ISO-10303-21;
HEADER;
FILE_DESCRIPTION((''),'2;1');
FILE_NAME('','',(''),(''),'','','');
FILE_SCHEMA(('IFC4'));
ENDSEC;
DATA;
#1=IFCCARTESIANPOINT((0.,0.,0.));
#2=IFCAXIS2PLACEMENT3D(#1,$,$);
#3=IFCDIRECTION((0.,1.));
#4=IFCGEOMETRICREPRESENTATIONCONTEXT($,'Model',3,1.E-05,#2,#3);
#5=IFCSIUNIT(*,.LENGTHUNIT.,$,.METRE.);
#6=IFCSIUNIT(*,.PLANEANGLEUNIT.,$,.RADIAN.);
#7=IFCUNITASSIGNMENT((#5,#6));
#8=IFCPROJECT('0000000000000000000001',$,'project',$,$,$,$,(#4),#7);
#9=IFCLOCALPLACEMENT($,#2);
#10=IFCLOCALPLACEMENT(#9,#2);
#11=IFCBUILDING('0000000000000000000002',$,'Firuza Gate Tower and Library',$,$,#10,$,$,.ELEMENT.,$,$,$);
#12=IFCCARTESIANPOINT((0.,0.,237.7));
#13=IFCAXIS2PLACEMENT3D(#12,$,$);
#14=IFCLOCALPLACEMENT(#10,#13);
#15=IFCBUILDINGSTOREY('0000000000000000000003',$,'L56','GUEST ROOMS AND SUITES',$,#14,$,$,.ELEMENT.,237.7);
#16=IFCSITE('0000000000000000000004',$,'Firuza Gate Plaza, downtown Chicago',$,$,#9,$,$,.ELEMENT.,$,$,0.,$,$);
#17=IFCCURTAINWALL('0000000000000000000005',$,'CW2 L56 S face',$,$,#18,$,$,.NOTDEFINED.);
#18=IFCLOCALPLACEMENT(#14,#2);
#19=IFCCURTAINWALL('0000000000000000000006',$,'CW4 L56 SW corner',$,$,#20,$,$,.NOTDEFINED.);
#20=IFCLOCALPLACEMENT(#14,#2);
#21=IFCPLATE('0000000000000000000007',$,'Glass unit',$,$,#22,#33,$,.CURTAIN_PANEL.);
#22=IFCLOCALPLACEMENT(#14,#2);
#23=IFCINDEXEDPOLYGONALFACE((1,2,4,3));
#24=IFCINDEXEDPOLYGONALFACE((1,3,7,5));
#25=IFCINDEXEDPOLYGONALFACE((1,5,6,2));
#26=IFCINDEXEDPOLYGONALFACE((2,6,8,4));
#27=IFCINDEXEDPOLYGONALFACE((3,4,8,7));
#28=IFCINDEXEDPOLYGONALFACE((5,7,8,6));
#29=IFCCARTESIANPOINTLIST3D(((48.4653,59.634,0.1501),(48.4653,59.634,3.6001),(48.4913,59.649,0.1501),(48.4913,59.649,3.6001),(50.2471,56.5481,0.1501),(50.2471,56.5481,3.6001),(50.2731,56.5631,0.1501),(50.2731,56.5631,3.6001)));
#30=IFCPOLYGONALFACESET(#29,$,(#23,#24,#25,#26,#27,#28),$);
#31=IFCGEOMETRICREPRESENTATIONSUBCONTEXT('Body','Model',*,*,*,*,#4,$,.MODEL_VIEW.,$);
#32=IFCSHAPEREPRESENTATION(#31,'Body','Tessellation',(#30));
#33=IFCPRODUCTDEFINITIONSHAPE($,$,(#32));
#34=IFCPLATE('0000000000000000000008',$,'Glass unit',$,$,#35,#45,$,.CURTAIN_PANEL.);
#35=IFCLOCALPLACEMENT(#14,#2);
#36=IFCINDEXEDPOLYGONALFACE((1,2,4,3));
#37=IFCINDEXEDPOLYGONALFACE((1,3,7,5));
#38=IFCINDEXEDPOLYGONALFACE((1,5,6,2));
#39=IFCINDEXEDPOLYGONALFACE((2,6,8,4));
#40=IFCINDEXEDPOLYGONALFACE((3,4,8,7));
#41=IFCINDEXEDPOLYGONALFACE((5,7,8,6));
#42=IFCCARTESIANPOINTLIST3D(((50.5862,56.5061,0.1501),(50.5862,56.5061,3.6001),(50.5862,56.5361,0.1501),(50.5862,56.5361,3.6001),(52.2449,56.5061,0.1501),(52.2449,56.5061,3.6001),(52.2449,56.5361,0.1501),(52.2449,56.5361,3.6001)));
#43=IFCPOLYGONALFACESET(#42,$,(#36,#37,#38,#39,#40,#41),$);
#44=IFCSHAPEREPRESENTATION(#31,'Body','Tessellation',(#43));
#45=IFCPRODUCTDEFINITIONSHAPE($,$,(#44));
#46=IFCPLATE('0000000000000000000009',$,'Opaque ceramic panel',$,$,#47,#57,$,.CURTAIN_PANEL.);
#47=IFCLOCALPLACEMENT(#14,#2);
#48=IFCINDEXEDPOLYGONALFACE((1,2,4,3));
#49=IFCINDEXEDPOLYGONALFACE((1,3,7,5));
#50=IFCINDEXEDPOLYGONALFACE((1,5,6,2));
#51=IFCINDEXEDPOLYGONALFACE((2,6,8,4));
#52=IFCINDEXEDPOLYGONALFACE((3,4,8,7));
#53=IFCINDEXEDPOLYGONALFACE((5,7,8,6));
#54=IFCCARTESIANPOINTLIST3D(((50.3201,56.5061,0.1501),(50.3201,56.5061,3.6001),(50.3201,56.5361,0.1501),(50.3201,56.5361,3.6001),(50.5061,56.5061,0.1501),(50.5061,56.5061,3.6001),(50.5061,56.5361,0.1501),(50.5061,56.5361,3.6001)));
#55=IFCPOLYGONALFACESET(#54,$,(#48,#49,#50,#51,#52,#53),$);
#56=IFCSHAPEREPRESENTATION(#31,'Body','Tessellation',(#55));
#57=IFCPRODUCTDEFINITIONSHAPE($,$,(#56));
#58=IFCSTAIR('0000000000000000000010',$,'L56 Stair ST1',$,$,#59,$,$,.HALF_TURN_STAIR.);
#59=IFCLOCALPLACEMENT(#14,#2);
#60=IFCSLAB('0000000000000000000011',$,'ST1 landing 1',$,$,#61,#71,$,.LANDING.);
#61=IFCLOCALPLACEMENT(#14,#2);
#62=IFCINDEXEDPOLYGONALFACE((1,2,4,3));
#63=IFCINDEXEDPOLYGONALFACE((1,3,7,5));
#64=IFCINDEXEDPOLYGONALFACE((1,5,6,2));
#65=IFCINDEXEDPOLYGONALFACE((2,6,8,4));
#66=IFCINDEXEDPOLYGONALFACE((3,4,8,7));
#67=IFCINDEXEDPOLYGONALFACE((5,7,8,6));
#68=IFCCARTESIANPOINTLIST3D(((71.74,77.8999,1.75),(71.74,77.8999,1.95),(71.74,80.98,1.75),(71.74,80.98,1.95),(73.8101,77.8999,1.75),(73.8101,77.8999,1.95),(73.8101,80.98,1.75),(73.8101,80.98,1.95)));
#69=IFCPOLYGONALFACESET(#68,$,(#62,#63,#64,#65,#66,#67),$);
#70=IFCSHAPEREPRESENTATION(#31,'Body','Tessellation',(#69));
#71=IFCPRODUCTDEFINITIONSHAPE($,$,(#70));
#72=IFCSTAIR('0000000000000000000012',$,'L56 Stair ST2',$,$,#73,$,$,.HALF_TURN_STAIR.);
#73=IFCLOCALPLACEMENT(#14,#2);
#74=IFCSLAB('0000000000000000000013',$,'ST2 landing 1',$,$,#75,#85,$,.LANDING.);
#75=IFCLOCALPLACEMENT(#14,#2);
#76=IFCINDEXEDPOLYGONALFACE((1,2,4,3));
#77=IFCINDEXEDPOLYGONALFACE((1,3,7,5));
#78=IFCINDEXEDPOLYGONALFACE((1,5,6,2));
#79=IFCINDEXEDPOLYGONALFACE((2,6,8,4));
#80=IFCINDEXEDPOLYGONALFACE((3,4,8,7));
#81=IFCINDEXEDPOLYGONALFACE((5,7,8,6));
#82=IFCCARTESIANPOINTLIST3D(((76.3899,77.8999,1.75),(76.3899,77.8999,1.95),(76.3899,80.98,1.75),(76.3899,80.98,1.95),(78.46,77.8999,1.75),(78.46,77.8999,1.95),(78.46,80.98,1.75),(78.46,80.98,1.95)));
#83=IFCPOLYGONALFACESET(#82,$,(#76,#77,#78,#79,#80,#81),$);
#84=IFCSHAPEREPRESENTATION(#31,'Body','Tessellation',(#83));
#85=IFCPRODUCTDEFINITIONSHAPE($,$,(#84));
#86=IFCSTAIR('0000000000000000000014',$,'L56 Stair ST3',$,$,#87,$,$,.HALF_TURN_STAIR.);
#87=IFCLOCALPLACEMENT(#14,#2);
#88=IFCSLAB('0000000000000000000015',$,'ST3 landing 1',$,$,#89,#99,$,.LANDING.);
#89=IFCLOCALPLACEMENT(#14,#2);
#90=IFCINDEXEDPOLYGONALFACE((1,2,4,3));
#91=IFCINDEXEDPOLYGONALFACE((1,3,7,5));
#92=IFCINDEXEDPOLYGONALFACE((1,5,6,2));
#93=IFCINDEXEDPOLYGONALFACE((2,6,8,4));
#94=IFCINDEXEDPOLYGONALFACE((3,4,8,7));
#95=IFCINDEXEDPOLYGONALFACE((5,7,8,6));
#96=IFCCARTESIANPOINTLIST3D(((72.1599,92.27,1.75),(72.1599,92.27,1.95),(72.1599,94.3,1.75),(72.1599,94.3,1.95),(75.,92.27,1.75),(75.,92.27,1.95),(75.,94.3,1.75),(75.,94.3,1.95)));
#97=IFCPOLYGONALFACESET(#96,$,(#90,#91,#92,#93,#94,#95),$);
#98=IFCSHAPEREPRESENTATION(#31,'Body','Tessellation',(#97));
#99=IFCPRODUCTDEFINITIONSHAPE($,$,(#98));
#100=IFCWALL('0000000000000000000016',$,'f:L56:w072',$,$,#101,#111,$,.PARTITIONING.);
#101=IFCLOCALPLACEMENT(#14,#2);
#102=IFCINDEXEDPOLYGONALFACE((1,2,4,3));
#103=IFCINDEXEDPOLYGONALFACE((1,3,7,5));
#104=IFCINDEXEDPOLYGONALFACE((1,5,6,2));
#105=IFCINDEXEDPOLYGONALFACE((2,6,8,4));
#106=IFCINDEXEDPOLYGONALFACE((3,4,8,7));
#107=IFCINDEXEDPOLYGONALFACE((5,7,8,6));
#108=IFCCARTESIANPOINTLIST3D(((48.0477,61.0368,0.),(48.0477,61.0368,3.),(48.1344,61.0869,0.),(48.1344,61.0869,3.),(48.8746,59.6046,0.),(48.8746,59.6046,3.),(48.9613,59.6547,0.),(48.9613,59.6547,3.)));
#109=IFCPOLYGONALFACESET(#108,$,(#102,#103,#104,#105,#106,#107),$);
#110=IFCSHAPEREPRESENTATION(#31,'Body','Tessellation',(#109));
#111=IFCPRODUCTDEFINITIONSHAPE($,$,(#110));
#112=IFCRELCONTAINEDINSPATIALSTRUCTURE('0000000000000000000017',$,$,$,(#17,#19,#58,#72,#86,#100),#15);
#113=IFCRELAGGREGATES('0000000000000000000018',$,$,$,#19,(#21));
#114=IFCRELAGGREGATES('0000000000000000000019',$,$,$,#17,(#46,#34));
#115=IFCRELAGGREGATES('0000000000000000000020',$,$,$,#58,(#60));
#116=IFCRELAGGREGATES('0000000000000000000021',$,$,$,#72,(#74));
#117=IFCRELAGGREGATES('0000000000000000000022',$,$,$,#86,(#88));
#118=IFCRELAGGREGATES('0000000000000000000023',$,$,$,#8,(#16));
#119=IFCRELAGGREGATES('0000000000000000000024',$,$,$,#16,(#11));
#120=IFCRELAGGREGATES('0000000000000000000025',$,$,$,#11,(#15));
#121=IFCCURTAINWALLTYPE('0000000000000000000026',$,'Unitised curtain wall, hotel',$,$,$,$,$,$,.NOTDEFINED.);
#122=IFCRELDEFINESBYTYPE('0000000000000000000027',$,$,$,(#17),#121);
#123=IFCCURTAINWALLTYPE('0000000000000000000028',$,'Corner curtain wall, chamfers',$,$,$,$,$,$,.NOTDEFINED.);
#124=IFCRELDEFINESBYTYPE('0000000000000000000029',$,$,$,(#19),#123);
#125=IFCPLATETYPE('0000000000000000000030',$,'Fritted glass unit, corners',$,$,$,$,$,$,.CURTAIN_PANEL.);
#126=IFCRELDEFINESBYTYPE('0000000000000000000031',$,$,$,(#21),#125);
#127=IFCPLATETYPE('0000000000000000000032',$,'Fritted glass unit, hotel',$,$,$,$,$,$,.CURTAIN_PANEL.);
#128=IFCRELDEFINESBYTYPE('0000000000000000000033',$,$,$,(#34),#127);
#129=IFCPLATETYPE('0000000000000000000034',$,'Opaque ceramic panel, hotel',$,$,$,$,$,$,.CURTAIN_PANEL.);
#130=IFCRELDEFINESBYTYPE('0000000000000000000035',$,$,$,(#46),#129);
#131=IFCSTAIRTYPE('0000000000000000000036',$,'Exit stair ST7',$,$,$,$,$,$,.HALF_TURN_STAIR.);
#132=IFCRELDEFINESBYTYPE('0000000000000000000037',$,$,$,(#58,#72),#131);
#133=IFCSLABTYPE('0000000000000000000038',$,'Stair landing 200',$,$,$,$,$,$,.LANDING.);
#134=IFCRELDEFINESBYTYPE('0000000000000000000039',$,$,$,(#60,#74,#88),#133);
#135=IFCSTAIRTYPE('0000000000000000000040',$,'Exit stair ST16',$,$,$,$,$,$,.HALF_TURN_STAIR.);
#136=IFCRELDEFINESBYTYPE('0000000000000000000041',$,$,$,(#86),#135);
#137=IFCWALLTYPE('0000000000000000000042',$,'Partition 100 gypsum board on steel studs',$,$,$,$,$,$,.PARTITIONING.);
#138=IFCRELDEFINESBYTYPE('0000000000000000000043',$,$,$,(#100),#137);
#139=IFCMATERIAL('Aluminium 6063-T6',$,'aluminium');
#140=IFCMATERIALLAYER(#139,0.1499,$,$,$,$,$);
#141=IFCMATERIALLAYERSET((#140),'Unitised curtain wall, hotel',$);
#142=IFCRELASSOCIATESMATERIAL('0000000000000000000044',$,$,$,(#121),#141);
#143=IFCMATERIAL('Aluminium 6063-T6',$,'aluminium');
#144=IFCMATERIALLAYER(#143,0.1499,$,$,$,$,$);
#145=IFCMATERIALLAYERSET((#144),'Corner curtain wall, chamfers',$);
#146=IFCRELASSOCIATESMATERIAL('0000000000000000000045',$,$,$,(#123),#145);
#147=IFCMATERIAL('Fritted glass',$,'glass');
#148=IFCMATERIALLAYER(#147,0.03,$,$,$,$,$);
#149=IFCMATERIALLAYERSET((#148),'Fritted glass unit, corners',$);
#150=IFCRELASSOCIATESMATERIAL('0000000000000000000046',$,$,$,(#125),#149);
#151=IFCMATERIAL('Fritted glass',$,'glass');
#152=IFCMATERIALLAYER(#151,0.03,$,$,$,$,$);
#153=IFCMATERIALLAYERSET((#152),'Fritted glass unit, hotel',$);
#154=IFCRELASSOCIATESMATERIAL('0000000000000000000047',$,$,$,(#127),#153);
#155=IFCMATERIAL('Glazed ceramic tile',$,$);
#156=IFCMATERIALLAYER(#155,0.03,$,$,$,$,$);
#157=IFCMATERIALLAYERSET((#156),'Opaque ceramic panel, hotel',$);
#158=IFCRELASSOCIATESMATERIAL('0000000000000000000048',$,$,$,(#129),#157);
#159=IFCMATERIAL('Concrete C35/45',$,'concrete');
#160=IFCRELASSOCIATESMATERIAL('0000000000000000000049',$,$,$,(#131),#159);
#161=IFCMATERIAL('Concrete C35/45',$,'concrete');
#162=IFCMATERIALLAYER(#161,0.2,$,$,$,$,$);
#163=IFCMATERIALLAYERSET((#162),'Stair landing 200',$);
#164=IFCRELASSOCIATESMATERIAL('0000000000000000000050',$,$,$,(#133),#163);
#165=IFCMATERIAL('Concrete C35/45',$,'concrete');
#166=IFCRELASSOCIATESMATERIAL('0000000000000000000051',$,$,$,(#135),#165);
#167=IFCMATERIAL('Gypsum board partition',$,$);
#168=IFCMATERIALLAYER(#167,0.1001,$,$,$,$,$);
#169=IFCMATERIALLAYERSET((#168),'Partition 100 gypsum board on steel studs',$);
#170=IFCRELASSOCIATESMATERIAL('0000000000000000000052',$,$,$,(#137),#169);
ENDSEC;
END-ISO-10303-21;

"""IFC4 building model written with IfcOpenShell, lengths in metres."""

from ifc_helpers import new_model, si_unit, direction, frame, frame_2d, origin, place, context, subcontext, project, spatial, polyline, rectangle, outline, extrude, material, layer, layer_set, type_object, element, aggregate, save


model = new_model("IFC4")

# Units and contexts
model_context = context("Model", 3, precision=1e-05, world=origin(), true_north=direction((0.0, 1.0)))
body_context = subcontext(model_context, "Body", "Model", "MODEL_VIEW")
ifc_project = project(units=[si_unit("LENGTHUNIT", "METRE"), si_unit("PLANEANGLEUNIT", "RADIAN")], contexts=[model_context])

# Site, building, storey
site_placement = place(None, origin())
site = spatial("IfcSite", under=ifc_project, at=site_placement, Name="Firuza Gate Plaza, downtown Chicago", CompositionType="ELEMENT", RefElevation=0.0)
building_placement = place(site_placement, origin())
building = spatial("IfcBuilding", under=site, at=building_placement, Name="Firuza Gate Tower and Library", CompositionType="ELEMENT")
storey_placement = place(building_placement, frame((0.0, 0.0, 237.7)))
storey = spatial("IfcBuildingStorey", under=building, at=storey_placement, Name="L56", Description="GUEST ROOMS AND SUITES", CompositionType="ELEMENT", Elevation=237.7)

# Curtain walls
ifc_material_1 = material(Name="Aluminium 6063-T6", Category="aluminium")
ifc_layer_1 = layer(ifc_material_1, 0.1499)
ifc_layer_set_1 = layer_set([ifc_layer_1], Name="Unitised curtain wall, hotel")
curtain_wall_type_1 = type_object("IfcCurtainWallType", Name="Unitised curtain wall, hotel", PredefinedType="NOTDEFINED", material=ifc_layer_set_1)
placement_1 = place(storey_placement, origin())
curtain_wall_1 = element("IfcCurtainWall", 1, at=placement_1, inside=storey, type_object=curtain_wall_type_1, Name="CW2 L56 S face", PredefinedType="NOTDEFINED")
ifc_material_2 = material(Name="Aluminium 6063-T6", Category="aluminium")
ifc_layer_2 = layer(ifc_material_2, 0.1499)
ifc_layer_set_2 = layer_set([ifc_layer_2], Name="Corner curtain wall, chamfers")
curtain_wall_type_2 = type_object("IfcCurtainWallType", Name="Corner curtain wall, chamfers", PredefinedType="NOTDEFINED", material=ifc_layer_set_2)
curtain_wall_2 = element("IfcCurtainWall", 2, at=placement_1, inside=storey, type_object=curtain_wall_type_2, Name="CW4 L56 SW corner", PredefinedType="NOTDEFINED")

# Plates
ifc_material_3 = material(Name="Fritted glass", Category="glass")
ifc_layer_3 = layer(ifc_material_3, 0.03)
ifc_layer_set_3 = layer_set([ifc_layer_3], Name="Fritted glass unit, corners")
plate_type_1 = type_object("IfcPlateType", Name="Fritted glass unit, corners", PredefinedType="CURTAIN_PANEL", material=ifc_layer_set_3)
plate_1_placement = place(storey_placement, frame((48.4653, 59.634, 0.1501), z_axis=(-0.866017, -0.500015, 0.0), x_axis=(0.500015, -0.866017, 0.0)))
plate_1 = element("IfcPlate", 3, at=plate_1_placement, type_object=plate_type_1, Name="Glass unit", PredefinedType="CURTAIN_PANEL", context=body_context, shape_type="SweptSolid", body=[
    extrude(outline(polyline([(0.0, 0.0), (3.5634, 0.0), (3.5634, 3.45), (0.0, 3.45), (0.0, 0.0)])), origin(), (0.0, 0.0, -1.0), 0.03),
])
aggregate(curtain_wall_2, [plate_1])
ifc_material_4 = material(Name="Fritted glass", Category="glass")
ifc_layer_4 = layer(ifc_material_4, 0.03)
ifc_layer_set_4 = layer_set([ifc_layer_4], Name="Fritted glass unit, hotel")
plate_type_2 = type_object("IfcPlateType", Name="Fritted glass unit, hotel", PredefinedType="CURTAIN_PANEL", material=ifc_layer_set_4)
plate_2_placement = place(storey_placement, frame((50.5862, 56.5061, 0.1501), z_axis=(0.0, -1.0, 0.0), x_axis=(1.0, 0.0, 0.0)))
plate_2 = element("IfcPlate", 4, at=plate_2_placement, type_object=plate_type_2, Name="Glass unit", PredefinedType="CURTAIN_PANEL", context=body_context, shape_type="SweptSolid", body=[
    extrude(outline(polyline([(0.0, 0.0), (1.6587, 0.0), (1.6587, 3.45), (0.0, 3.45), (0.0, 0.0)])), origin(), (0.0, 0.0, -1.0), 0.03),
])
ifc_material_5 = material(Name="Glazed ceramic tile")
ifc_layer_5 = layer(ifc_material_5, 0.03)
ifc_layer_set_5 = layer_set([ifc_layer_5], Name="Opaque ceramic panel, hotel")
plate_type_3 = type_object("IfcPlateType", Name="Opaque ceramic panel, hotel", PredefinedType="CURTAIN_PANEL", material=ifc_layer_set_5)
plate_3_placement = place(storey_placement, frame((50.3201, 56.5061, 0.1501), z_axis=(0.0, -1.0, 0.0), x_axis=(1.0, 0.0, 0.0)))
plate_3 = element("IfcPlate", 5, at=plate_3_placement, type_object=plate_type_3, Name="Opaque ceramic panel", PredefinedType="CURTAIN_PANEL", context=body_context, shape_type="SweptSolid", body=[
    extrude(outline(polyline([(0.0, 0.0), (0.186, 0.0), (0.186, 3.45), (0.0, 3.45), (0.0, 0.0)])), origin(), (0.0, 0.0, -1.0), 0.03),
])
aggregate(curtain_wall_1, [plate_3, plate_2])

# Stairs, slabs
ifc_material_6 = material(Name="Concrete C35/45", Category="concrete")
stair_type_1 = type_object("IfcStairType", Name="Exit stair ST7", PredefinedType="HALF_TURN_STAIR", material=ifc_material_6)
stair_1 = element("IfcStair", 6, at=placement_1, inside=storey, type_object=stair_type_1, Name="L56 Stair ST1", PredefinedType="HALF_TURN_STAIR")
ifc_material_7 = material(Name="Concrete C35/45", Category="concrete")
ifc_layer_6 = layer(ifc_material_7, 0.2)
ifc_layer_set_6 = layer_set([ifc_layer_6], Name="Stair landing 200")
slab_type_1 = type_object("IfcSlabType", Name="Stair landing 200", PredefinedType="LANDING", material=ifc_layer_set_6)
placement_2 = place(storey_placement, frame((0.0, 0.0, 1.75)))
slab_1 = element("IfcSlab", 7, at=placement_2, type_object=slab_type_1, Name="ST1 landing 1", PredefinedType="LANDING", context=body_context, shape_type="SweptSolid", body=[
    extrude(outline(polyline([(71.74, 77.8999), (73.8101, 77.8999), (73.8101, 80.98), (71.74, 80.98), (71.74, 77.8999)])), origin(), (0.0, 0.0, 1.0), 0.2),
])
aggregate(stair_1, [slab_1])
stair_2 = element("IfcStair", 8, at=placement_1, inside=storey, type_object=stair_type_1, Name="L56 Stair ST2", PredefinedType="HALF_TURN_STAIR")
slab_2 = element("IfcSlab", 9, at=placement_2, type_object=slab_type_1, Name="ST2 landing 1", PredefinedType="LANDING", context=body_context, shape_type="SweptSolid", body=[
    extrude(outline(polyline([(78.46, 80.98), (76.3899, 80.98), (76.3899, 77.8999), (78.46, 77.8999), (78.46, 80.98)])), origin(), (0.0, 0.0, 1.0), 0.2),
])
aggregate(stair_2, [slab_2])
ifc_material_8 = material(Name="Concrete C35/45", Category="concrete")
stair_type_2 = type_object("IfcStairType", Name="Exit stair ST16", PredefinedType="HALF_TURN_STAIR", material=ifc_material_8)
stair_3 = element("IfcStair", 10, at=placement_1, inside=storey, type_object=stair_type_2, Name="L56 Stair ST3", PredefinedType="HALF_TURN_STAIR")
slab_3 = element("IfcSlab", 11, at=placement_2, type_object=slab_type_1, Name="ST3 landing 1", PredefinedType="LANDING", context=body_context, shape_type="SweptSolid", body=[
    extrude(outline(polyline([(75.0, 92.27), (75.0, 94.3), (72.1599, 94.3), (72.1599, 92.27), (75.0, 92.27)])), origin(), (0.0, 0.0, 1.0), 0.2),
])
aggregate(stair_3, [slab_3])

# Wall
ifc_material_9 = material(Name="Gypsum board partition")
ifc_layer_7 = layer(ifc_material_9, 0.1001)
ifc_layer_set_7 = layer_set([ifc_layer_7], Name="Partition 100 gypsum board on steel studs")
wall_type = type_object("IfcWallType", Name="Partition 100 gypsum board on steel studs", PredefinedType="PARTITIONING", material=ifc_layer_set_7)
wall_placement = place(storey_placement, frame((48.918, 59.6296, 0.0), z_axis=(0.0, 0.0, 1.0), x_axis=(-0.500029, 0.866009, 0.0)))
element("IfcWall", 12, at=wall_placement, inside=storey, type_object=wall_type, Name="f:L56:w072", PredefinedType="PARTITIONING", context=body_context, shape_type="SweptSolid", body=[
    extrude(rectangle(XDim=1.6538, YDim=0.1001, at=frame_2d((0.8269, 0.0))), origin(), (0.0, 0.0, 1.0), 3.0),
])

save(model, "model.ifc")
